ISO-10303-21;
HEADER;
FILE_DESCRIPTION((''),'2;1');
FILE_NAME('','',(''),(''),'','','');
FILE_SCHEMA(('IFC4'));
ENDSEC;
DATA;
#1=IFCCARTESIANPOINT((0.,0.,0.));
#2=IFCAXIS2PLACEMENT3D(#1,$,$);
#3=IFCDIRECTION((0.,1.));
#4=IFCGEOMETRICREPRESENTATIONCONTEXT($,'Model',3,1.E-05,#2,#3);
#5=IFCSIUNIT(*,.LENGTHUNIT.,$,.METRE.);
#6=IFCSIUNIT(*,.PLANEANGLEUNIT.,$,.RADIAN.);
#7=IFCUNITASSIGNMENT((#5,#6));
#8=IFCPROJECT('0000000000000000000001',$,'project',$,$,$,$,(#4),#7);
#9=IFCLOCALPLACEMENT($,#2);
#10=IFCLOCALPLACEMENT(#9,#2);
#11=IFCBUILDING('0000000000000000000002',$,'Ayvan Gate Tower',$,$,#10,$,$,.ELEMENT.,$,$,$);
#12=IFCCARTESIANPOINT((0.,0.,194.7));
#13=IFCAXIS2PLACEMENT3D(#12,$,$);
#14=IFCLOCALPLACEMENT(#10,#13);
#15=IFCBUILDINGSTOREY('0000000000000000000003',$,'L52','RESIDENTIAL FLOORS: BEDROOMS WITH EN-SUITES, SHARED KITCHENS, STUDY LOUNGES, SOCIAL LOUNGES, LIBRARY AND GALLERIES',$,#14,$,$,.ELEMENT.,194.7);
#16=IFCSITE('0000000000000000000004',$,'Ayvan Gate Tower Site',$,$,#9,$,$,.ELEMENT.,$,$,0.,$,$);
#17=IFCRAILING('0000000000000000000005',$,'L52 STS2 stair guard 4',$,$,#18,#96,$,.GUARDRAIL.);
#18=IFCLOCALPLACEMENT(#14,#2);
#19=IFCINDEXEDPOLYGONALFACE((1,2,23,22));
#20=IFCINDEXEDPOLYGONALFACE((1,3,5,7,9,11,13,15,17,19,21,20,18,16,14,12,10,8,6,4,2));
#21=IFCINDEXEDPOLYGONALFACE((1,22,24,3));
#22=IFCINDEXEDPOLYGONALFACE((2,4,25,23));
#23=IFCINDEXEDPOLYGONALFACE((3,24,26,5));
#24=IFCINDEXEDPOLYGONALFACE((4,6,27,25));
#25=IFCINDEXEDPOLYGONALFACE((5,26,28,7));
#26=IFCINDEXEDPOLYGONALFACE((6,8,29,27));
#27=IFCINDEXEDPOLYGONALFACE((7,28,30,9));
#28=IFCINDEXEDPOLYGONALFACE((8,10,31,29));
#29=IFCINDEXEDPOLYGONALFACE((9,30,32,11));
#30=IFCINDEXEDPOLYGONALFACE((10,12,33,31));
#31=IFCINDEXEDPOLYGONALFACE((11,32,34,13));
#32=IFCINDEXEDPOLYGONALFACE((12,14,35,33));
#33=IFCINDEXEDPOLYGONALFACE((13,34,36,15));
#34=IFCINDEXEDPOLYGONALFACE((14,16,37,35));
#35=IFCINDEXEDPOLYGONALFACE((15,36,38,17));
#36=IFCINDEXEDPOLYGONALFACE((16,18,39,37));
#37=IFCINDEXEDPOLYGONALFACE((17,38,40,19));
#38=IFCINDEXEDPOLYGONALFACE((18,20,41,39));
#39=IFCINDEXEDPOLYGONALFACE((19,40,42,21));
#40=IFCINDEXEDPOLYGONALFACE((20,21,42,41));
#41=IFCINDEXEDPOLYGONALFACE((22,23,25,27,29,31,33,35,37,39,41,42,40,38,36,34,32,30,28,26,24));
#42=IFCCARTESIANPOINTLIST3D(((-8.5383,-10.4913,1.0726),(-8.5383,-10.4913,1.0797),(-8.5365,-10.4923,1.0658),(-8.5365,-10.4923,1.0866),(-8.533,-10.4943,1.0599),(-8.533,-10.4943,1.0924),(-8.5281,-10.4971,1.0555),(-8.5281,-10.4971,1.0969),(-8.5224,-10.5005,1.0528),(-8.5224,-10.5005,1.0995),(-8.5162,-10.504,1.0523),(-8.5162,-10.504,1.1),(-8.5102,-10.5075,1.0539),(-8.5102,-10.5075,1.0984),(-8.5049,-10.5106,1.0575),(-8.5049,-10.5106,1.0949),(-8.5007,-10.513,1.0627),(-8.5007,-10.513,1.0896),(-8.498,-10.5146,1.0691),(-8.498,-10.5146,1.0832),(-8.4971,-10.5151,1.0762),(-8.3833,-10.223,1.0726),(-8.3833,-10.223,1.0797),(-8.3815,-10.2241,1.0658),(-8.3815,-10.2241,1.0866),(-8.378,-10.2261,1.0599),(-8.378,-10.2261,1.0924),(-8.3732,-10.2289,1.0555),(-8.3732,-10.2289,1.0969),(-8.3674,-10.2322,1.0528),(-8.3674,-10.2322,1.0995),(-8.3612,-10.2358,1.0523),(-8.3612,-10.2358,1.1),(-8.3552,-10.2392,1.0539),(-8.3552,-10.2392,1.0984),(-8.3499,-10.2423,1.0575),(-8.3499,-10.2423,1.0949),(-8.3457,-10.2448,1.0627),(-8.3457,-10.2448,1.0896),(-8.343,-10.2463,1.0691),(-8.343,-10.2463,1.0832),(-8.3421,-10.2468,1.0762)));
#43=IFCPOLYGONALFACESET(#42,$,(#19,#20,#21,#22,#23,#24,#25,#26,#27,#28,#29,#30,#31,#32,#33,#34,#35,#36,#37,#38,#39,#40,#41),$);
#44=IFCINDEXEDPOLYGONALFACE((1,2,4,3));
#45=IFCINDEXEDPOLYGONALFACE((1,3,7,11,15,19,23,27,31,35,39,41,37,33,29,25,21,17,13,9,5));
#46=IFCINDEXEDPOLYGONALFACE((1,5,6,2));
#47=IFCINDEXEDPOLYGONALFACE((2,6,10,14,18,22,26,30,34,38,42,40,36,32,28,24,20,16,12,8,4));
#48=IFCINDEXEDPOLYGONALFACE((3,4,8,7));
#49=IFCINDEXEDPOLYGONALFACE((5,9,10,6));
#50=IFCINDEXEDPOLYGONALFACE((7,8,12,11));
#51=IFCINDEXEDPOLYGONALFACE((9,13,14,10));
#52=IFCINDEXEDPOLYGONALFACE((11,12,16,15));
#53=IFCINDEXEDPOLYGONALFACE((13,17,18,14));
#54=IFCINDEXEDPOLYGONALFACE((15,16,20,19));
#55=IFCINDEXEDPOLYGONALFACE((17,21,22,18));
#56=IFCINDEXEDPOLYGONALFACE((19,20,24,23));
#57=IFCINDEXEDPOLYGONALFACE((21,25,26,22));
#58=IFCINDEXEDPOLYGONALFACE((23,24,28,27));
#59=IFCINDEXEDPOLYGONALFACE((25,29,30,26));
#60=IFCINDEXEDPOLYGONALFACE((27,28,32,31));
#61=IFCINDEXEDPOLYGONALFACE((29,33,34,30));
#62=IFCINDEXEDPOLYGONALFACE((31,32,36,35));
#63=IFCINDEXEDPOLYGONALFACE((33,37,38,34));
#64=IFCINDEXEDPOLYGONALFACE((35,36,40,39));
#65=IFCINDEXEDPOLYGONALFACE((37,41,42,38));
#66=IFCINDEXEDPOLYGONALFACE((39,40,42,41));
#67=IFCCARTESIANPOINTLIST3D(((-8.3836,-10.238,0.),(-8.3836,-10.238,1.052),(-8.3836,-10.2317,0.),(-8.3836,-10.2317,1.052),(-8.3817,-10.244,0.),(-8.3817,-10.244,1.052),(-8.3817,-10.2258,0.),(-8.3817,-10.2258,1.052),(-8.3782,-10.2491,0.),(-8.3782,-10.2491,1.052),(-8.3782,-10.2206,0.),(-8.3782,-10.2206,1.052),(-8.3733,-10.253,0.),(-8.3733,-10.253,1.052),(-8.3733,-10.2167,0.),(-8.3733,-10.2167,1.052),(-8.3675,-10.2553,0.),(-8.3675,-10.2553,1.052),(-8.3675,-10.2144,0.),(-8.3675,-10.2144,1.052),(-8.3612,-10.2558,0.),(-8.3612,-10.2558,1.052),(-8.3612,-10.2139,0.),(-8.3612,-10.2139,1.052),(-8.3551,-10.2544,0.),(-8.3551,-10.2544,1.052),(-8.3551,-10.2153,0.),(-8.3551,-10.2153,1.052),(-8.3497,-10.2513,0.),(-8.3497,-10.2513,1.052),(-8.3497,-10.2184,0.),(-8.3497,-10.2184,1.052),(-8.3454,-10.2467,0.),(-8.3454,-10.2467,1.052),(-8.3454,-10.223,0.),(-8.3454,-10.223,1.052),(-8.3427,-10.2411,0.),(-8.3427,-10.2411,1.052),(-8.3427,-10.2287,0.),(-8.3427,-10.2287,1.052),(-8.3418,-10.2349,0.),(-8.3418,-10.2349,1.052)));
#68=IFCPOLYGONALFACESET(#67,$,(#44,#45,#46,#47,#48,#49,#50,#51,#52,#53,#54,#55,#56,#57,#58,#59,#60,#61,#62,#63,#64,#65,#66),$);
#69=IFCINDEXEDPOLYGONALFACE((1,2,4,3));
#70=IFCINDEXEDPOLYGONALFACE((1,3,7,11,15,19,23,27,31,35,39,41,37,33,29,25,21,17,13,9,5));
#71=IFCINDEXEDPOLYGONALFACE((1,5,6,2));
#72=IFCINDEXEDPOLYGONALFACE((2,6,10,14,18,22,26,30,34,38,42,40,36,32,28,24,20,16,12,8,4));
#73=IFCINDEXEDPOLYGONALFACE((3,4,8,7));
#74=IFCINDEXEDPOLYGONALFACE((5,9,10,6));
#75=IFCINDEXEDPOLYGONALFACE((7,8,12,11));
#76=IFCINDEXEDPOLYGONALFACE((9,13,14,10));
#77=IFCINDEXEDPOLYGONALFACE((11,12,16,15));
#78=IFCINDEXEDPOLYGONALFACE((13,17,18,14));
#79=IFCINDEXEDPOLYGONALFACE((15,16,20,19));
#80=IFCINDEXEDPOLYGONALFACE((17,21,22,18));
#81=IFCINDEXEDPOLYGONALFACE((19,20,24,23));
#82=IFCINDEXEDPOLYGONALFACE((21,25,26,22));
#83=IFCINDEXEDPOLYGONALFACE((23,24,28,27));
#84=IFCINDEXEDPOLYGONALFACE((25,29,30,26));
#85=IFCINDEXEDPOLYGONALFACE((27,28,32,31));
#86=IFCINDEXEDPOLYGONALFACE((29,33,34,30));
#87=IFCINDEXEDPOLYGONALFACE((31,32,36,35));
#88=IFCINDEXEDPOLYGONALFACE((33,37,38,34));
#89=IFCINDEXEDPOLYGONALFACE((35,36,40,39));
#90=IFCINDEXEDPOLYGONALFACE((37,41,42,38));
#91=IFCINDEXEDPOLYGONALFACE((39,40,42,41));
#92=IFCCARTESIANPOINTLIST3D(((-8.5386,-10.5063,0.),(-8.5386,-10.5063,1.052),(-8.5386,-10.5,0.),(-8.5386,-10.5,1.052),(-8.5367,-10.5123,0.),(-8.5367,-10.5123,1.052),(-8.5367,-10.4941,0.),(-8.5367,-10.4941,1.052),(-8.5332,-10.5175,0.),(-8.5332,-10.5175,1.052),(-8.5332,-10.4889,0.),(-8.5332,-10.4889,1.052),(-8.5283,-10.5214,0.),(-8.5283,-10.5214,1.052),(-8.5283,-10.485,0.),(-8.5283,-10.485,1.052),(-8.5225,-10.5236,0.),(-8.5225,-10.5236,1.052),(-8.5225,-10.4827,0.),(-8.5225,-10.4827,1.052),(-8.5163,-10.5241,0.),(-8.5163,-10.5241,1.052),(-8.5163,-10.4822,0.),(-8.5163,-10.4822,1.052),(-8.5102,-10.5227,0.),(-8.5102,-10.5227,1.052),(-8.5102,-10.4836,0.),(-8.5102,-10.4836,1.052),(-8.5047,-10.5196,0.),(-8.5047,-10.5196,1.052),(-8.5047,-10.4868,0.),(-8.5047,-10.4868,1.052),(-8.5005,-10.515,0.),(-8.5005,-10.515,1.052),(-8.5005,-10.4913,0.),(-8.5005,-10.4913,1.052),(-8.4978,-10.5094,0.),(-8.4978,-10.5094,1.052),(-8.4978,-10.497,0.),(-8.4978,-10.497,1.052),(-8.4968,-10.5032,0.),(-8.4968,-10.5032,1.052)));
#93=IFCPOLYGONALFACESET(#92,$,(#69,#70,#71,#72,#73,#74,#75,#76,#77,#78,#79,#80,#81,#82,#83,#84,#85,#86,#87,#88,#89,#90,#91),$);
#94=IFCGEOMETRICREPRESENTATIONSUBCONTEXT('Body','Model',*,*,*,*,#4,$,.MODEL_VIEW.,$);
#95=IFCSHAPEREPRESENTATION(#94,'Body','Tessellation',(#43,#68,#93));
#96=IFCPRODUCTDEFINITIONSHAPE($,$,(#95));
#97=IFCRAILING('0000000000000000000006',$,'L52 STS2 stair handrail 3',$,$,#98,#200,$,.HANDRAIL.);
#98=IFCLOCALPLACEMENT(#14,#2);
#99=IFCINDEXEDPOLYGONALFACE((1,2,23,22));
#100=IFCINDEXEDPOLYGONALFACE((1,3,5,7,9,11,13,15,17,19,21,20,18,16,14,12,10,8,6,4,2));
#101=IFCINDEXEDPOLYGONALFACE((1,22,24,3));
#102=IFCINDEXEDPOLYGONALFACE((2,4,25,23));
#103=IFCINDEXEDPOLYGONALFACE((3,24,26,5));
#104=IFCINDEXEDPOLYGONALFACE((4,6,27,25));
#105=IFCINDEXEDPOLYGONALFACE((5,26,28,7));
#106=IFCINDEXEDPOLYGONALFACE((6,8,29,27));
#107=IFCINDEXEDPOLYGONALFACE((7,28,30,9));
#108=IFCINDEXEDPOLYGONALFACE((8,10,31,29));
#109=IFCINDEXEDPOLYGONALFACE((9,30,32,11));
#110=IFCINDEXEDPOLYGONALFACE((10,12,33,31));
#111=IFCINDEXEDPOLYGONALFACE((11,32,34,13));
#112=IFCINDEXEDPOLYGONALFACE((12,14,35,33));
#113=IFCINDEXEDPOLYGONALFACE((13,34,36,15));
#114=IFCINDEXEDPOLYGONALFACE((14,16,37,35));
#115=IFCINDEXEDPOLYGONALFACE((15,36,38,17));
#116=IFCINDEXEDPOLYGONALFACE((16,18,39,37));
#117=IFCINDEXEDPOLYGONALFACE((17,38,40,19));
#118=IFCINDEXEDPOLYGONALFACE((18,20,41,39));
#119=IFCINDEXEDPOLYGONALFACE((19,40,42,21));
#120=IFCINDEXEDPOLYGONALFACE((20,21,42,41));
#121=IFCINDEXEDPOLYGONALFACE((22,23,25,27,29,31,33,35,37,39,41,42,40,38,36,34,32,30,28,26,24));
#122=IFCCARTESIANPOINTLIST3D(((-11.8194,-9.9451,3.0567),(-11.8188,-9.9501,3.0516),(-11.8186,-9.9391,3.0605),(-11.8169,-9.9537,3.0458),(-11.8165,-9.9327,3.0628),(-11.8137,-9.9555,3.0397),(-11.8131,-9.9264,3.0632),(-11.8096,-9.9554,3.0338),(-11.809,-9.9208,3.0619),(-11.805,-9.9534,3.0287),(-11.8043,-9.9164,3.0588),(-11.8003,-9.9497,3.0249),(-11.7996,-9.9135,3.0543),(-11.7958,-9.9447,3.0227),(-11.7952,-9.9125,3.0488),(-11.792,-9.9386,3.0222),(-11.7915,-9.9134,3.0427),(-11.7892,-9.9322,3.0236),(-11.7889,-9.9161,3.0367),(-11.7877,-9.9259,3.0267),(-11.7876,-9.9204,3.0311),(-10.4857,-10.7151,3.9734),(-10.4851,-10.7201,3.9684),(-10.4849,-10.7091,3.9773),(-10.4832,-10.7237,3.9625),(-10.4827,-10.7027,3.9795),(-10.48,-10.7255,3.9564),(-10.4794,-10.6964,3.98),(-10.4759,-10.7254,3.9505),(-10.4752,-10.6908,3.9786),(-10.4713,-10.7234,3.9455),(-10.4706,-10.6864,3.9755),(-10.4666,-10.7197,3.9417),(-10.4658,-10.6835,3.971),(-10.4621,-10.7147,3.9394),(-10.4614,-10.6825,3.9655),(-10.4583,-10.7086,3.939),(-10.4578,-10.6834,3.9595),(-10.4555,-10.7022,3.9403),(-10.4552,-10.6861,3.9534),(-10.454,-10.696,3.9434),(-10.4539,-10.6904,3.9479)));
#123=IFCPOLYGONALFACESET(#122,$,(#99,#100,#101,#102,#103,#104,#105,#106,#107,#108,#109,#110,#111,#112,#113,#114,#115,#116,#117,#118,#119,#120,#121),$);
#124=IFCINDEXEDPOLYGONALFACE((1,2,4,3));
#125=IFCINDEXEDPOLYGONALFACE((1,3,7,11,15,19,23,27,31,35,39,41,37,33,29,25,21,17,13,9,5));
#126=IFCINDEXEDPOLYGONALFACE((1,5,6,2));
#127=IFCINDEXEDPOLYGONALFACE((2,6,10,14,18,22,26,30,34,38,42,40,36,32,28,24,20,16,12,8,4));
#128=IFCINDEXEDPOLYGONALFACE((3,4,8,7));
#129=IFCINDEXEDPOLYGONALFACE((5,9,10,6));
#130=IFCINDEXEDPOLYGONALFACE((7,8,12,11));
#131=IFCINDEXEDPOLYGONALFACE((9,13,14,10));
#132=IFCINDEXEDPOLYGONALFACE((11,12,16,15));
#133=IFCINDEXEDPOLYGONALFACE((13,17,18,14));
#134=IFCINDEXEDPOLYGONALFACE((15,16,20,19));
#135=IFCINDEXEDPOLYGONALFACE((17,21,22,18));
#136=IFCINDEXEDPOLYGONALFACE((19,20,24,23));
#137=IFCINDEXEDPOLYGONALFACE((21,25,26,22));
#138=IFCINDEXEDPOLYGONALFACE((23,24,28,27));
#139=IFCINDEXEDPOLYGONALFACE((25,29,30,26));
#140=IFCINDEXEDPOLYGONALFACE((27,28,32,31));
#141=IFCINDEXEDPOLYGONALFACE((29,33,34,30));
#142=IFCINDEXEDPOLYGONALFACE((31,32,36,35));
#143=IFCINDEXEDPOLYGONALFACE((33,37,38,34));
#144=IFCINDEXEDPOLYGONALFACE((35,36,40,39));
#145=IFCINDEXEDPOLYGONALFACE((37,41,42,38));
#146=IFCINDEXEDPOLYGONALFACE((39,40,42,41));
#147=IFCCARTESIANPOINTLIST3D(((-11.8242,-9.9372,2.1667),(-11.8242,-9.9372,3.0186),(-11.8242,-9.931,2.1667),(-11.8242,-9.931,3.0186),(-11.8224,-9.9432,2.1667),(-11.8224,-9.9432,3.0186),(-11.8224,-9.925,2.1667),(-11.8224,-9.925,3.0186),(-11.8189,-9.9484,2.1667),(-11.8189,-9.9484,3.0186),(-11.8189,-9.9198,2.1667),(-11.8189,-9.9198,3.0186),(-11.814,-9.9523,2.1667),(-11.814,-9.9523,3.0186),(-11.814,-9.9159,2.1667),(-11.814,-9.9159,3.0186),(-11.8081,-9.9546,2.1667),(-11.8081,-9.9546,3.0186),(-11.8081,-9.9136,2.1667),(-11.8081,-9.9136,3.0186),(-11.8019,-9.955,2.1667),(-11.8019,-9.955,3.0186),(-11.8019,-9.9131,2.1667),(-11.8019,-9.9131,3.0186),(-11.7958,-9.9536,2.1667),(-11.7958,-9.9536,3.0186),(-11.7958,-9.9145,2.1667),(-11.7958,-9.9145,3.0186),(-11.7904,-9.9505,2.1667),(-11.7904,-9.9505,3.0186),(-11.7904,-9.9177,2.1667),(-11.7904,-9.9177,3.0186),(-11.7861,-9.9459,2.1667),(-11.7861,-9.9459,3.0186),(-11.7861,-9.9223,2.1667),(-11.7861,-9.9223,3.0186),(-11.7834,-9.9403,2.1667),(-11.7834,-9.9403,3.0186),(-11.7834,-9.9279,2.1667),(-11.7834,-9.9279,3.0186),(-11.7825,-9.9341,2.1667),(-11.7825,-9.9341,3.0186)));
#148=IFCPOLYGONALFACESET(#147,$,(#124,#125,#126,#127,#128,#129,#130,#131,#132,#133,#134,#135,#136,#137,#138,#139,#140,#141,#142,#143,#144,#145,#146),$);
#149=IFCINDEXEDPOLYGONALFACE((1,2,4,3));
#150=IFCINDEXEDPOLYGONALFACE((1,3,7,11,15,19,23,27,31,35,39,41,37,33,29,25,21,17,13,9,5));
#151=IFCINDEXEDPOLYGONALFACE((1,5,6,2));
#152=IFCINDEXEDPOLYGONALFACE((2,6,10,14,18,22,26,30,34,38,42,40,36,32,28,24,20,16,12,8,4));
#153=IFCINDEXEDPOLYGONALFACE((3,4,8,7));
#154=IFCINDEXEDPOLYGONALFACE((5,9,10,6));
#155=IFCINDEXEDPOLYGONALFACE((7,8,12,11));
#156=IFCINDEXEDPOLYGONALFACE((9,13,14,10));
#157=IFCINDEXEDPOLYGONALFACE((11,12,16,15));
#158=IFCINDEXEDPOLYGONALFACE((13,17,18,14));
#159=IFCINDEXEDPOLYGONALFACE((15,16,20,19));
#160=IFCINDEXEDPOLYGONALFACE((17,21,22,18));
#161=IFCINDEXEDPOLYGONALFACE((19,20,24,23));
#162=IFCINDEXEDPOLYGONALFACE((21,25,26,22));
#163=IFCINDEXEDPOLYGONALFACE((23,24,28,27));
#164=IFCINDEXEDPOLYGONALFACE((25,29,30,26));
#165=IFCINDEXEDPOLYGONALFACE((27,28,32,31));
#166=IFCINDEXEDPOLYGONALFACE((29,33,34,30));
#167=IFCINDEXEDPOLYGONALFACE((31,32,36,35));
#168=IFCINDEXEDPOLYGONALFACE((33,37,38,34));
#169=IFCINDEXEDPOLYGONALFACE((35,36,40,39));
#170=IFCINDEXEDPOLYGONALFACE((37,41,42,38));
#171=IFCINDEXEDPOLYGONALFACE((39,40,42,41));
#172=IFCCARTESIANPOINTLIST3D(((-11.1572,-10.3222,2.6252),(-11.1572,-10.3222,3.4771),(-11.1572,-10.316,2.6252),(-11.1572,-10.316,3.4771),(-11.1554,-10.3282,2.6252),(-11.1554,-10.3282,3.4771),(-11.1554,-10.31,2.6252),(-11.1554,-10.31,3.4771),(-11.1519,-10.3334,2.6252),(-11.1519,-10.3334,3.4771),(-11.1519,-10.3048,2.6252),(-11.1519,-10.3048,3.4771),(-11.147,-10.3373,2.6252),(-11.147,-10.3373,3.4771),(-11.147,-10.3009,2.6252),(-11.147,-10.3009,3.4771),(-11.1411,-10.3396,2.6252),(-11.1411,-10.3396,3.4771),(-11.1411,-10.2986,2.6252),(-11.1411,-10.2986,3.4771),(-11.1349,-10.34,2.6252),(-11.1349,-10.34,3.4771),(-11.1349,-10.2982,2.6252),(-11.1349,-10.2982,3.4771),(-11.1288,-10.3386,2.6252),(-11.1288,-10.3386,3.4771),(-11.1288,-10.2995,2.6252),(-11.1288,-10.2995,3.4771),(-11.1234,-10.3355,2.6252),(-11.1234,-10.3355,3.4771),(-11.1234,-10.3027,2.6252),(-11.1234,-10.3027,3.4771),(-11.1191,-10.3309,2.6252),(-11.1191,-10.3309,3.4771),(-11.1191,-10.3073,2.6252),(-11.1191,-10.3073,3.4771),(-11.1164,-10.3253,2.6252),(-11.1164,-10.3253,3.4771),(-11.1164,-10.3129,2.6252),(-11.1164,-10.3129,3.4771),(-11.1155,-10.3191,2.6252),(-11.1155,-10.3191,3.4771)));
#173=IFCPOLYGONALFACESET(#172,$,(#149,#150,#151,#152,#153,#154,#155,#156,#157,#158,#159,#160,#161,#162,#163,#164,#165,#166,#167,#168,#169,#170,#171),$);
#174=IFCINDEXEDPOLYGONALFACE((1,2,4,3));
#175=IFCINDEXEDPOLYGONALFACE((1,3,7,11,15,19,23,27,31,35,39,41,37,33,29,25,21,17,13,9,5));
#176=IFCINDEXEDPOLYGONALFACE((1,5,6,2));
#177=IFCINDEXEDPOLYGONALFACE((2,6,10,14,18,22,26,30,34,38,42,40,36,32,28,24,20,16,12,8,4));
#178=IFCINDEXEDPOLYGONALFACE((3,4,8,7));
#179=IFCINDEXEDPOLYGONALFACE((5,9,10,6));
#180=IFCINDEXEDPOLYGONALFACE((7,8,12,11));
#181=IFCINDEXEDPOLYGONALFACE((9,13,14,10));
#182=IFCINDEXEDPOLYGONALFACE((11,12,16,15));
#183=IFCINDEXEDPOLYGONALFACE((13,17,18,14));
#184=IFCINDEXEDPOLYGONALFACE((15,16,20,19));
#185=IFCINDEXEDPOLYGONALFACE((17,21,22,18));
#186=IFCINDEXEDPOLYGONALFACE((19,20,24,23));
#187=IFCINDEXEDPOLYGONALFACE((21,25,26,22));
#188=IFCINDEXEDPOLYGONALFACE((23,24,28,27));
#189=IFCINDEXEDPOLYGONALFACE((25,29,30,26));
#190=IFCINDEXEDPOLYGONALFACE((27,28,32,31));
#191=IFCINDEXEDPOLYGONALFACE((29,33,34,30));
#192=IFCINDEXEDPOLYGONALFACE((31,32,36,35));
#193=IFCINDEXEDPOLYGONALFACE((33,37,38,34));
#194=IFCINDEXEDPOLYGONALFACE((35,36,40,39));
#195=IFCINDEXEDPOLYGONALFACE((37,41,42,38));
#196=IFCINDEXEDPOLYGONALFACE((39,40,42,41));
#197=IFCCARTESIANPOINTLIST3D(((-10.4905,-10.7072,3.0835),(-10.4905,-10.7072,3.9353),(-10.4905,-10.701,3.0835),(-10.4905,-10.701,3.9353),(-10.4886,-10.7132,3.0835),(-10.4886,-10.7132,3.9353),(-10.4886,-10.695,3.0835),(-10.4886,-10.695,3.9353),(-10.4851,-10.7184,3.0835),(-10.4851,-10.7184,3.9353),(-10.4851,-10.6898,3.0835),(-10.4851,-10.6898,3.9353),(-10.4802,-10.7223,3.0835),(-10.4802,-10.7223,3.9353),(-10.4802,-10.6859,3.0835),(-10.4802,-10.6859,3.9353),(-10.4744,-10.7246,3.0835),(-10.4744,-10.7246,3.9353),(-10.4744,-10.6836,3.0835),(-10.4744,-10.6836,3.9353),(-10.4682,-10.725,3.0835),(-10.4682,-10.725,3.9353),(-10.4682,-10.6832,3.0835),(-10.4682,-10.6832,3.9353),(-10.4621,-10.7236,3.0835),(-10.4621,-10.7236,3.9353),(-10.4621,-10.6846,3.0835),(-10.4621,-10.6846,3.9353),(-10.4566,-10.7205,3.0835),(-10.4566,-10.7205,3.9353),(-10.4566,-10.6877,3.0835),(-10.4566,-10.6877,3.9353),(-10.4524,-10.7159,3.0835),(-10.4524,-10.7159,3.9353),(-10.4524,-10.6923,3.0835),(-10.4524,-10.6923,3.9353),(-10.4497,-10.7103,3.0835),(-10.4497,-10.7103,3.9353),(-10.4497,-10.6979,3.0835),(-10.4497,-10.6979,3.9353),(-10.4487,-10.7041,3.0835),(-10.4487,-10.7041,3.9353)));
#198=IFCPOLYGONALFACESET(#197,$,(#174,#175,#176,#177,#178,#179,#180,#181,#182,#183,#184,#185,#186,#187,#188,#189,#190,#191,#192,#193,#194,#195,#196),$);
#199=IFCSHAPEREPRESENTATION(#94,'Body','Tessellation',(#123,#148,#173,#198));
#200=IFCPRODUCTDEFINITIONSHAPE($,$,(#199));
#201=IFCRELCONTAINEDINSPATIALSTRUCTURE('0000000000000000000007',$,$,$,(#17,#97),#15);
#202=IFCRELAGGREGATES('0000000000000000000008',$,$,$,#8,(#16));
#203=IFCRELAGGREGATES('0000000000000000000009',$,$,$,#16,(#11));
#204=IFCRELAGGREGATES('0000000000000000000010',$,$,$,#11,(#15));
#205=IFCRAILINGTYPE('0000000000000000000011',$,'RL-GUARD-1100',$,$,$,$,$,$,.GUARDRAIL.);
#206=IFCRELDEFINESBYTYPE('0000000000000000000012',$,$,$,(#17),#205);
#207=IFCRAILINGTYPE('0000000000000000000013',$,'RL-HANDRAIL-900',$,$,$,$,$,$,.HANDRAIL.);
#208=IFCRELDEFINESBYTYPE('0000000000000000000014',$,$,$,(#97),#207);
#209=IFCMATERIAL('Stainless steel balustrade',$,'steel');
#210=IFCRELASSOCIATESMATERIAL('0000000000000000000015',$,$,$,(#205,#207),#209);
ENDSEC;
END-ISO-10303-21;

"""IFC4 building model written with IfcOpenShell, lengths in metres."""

from ifc_helpers import new_model, si_unit, direction, frame, origin, origin_2d, place, context, subcontext, project, spatial, circle, extrude, material, type_object, element, save


model = new_model("IFC4")

# Units and contexts
model_context = context("Model", 3, precision=1e-05, world=origin(), true_north=direction((0.0, 1.0)))
body_context = subcontext(model_context, "Body", "Model", "MODEL_VIEW")
ifc_project = project(units=[si_unit("LENGTHUNIT", "METRE"), si_unit("PLANEANGLEUNIT", "RADIAN")], contexts=[model_context])

# Site, building, storey
site_placement = place(None, origin())
site = spatial("IfcSite", under=ifc_project, at=site_placement, Name="Ayvan Gate Tower Site", CompositionType="ELEMENT", RefElevation=0.0)
building_placement = place(site_placement, origin())
building = spatial("IfcBuilding", under=site, at=building_placement, Name="Ayvan Gate Tower", CompositionType="ELEMENT")
storey_placement = place(building_placement, frame((0.0, 0.0, 194.7)))
storey = spatial("IfcBuildingStorey", under=building, at=storey_placement, Name="L52", Description="RESIDENTIAL FLOORS: BEDROOMS WITH EN-SUITES, SHARED KITCHENS, STUDY LOUNGES, SOCIAL LOUNGES, LIBRARY AND GALLERIES", CompositionType="ELEMENT", Elevation=194.7)

# Railings
ifc_material_1 = material(Name="Stainless steel balustrade", Category="steel")
railing_type_1 = type_object("IfcRailingType", Name="RL-GUARD-1100", PredefinedType="GUARDRAIL", material=ifc_material_1)
railing_1_placement = place(storey_placement, frame((-8.3628, -10.2349, 0.0)))
element("IfcRailing", 1, at=railing_1_placement, inside=storey, type_object=railing_type_1, Name="L52 STS2 stair guard 4", PredefinedType="GUARDRAIL", context=body_context, shape_type="SweptSolid", body=[
    extrude(circle(Radius=0.0239, at=origin_2d()), frame((0.0, 0.0, 1.0762), z_axis=(-0.500291, -0.865857, 0.0), x_axis=(0.865857, -0.500291, 0.0)), (0.0, 0.0, 1.0), 0.3098),
    extrude(circle(Radius=0.021, at=origin_2d()), origin(), (0.0, 0.0, 1.0), 1.052),
    extrude(circle(Radius=0.021, at=origin_2d()), frame((-0.155, -0.2683, 0.0)), (0.0, 0.0, 1.0), 1.052),
])
railing_type_2 = type_object("IfcRailingType", Name="RL-HANDRAIL-900", PredefinedType="HANDRAIL", material=ifc_material_1)
railing_2_placement = place(storey_placement, frame((-11.8035, -9.9341, 2.1667)))
element("IfcRailing", 2, at=railing_2_placement, inside=storey, type_object=railing_type_2, Name="L52 STS2 stair handrail 3", PredefinedType="HANDRAIL", context=body_context, shape_type="SweptSolid", body=[
    extrude(circle(Radius=0.0239, at=origin_2d()), frame((0.0, 0.0, 0.876), z_axis=(0.744164, -0.429634, 0.511502), x_axis=(0.499992, 0.86603, 0.0)), (0.0, 0.0, 1.0), 1.7922),
    extrude(circle(Radius=0.021, at=origin_2d()), origin(), (0.0, 0.0, 1.0), 0.8518),
    extrude(circle(Radius=0.021, at=origin_2d()), frame((0.667, -0.385, 0.4585)), (0.0, 0.0, 1.0), 0.8518),
    extrude(circle(Radius=0.021, at=origin_2d()), frame((1.3337, -0.77, 0.9167)), (0.0, 0.0, 1.0), 0.8518),
])

save(model, "model.ifc")
